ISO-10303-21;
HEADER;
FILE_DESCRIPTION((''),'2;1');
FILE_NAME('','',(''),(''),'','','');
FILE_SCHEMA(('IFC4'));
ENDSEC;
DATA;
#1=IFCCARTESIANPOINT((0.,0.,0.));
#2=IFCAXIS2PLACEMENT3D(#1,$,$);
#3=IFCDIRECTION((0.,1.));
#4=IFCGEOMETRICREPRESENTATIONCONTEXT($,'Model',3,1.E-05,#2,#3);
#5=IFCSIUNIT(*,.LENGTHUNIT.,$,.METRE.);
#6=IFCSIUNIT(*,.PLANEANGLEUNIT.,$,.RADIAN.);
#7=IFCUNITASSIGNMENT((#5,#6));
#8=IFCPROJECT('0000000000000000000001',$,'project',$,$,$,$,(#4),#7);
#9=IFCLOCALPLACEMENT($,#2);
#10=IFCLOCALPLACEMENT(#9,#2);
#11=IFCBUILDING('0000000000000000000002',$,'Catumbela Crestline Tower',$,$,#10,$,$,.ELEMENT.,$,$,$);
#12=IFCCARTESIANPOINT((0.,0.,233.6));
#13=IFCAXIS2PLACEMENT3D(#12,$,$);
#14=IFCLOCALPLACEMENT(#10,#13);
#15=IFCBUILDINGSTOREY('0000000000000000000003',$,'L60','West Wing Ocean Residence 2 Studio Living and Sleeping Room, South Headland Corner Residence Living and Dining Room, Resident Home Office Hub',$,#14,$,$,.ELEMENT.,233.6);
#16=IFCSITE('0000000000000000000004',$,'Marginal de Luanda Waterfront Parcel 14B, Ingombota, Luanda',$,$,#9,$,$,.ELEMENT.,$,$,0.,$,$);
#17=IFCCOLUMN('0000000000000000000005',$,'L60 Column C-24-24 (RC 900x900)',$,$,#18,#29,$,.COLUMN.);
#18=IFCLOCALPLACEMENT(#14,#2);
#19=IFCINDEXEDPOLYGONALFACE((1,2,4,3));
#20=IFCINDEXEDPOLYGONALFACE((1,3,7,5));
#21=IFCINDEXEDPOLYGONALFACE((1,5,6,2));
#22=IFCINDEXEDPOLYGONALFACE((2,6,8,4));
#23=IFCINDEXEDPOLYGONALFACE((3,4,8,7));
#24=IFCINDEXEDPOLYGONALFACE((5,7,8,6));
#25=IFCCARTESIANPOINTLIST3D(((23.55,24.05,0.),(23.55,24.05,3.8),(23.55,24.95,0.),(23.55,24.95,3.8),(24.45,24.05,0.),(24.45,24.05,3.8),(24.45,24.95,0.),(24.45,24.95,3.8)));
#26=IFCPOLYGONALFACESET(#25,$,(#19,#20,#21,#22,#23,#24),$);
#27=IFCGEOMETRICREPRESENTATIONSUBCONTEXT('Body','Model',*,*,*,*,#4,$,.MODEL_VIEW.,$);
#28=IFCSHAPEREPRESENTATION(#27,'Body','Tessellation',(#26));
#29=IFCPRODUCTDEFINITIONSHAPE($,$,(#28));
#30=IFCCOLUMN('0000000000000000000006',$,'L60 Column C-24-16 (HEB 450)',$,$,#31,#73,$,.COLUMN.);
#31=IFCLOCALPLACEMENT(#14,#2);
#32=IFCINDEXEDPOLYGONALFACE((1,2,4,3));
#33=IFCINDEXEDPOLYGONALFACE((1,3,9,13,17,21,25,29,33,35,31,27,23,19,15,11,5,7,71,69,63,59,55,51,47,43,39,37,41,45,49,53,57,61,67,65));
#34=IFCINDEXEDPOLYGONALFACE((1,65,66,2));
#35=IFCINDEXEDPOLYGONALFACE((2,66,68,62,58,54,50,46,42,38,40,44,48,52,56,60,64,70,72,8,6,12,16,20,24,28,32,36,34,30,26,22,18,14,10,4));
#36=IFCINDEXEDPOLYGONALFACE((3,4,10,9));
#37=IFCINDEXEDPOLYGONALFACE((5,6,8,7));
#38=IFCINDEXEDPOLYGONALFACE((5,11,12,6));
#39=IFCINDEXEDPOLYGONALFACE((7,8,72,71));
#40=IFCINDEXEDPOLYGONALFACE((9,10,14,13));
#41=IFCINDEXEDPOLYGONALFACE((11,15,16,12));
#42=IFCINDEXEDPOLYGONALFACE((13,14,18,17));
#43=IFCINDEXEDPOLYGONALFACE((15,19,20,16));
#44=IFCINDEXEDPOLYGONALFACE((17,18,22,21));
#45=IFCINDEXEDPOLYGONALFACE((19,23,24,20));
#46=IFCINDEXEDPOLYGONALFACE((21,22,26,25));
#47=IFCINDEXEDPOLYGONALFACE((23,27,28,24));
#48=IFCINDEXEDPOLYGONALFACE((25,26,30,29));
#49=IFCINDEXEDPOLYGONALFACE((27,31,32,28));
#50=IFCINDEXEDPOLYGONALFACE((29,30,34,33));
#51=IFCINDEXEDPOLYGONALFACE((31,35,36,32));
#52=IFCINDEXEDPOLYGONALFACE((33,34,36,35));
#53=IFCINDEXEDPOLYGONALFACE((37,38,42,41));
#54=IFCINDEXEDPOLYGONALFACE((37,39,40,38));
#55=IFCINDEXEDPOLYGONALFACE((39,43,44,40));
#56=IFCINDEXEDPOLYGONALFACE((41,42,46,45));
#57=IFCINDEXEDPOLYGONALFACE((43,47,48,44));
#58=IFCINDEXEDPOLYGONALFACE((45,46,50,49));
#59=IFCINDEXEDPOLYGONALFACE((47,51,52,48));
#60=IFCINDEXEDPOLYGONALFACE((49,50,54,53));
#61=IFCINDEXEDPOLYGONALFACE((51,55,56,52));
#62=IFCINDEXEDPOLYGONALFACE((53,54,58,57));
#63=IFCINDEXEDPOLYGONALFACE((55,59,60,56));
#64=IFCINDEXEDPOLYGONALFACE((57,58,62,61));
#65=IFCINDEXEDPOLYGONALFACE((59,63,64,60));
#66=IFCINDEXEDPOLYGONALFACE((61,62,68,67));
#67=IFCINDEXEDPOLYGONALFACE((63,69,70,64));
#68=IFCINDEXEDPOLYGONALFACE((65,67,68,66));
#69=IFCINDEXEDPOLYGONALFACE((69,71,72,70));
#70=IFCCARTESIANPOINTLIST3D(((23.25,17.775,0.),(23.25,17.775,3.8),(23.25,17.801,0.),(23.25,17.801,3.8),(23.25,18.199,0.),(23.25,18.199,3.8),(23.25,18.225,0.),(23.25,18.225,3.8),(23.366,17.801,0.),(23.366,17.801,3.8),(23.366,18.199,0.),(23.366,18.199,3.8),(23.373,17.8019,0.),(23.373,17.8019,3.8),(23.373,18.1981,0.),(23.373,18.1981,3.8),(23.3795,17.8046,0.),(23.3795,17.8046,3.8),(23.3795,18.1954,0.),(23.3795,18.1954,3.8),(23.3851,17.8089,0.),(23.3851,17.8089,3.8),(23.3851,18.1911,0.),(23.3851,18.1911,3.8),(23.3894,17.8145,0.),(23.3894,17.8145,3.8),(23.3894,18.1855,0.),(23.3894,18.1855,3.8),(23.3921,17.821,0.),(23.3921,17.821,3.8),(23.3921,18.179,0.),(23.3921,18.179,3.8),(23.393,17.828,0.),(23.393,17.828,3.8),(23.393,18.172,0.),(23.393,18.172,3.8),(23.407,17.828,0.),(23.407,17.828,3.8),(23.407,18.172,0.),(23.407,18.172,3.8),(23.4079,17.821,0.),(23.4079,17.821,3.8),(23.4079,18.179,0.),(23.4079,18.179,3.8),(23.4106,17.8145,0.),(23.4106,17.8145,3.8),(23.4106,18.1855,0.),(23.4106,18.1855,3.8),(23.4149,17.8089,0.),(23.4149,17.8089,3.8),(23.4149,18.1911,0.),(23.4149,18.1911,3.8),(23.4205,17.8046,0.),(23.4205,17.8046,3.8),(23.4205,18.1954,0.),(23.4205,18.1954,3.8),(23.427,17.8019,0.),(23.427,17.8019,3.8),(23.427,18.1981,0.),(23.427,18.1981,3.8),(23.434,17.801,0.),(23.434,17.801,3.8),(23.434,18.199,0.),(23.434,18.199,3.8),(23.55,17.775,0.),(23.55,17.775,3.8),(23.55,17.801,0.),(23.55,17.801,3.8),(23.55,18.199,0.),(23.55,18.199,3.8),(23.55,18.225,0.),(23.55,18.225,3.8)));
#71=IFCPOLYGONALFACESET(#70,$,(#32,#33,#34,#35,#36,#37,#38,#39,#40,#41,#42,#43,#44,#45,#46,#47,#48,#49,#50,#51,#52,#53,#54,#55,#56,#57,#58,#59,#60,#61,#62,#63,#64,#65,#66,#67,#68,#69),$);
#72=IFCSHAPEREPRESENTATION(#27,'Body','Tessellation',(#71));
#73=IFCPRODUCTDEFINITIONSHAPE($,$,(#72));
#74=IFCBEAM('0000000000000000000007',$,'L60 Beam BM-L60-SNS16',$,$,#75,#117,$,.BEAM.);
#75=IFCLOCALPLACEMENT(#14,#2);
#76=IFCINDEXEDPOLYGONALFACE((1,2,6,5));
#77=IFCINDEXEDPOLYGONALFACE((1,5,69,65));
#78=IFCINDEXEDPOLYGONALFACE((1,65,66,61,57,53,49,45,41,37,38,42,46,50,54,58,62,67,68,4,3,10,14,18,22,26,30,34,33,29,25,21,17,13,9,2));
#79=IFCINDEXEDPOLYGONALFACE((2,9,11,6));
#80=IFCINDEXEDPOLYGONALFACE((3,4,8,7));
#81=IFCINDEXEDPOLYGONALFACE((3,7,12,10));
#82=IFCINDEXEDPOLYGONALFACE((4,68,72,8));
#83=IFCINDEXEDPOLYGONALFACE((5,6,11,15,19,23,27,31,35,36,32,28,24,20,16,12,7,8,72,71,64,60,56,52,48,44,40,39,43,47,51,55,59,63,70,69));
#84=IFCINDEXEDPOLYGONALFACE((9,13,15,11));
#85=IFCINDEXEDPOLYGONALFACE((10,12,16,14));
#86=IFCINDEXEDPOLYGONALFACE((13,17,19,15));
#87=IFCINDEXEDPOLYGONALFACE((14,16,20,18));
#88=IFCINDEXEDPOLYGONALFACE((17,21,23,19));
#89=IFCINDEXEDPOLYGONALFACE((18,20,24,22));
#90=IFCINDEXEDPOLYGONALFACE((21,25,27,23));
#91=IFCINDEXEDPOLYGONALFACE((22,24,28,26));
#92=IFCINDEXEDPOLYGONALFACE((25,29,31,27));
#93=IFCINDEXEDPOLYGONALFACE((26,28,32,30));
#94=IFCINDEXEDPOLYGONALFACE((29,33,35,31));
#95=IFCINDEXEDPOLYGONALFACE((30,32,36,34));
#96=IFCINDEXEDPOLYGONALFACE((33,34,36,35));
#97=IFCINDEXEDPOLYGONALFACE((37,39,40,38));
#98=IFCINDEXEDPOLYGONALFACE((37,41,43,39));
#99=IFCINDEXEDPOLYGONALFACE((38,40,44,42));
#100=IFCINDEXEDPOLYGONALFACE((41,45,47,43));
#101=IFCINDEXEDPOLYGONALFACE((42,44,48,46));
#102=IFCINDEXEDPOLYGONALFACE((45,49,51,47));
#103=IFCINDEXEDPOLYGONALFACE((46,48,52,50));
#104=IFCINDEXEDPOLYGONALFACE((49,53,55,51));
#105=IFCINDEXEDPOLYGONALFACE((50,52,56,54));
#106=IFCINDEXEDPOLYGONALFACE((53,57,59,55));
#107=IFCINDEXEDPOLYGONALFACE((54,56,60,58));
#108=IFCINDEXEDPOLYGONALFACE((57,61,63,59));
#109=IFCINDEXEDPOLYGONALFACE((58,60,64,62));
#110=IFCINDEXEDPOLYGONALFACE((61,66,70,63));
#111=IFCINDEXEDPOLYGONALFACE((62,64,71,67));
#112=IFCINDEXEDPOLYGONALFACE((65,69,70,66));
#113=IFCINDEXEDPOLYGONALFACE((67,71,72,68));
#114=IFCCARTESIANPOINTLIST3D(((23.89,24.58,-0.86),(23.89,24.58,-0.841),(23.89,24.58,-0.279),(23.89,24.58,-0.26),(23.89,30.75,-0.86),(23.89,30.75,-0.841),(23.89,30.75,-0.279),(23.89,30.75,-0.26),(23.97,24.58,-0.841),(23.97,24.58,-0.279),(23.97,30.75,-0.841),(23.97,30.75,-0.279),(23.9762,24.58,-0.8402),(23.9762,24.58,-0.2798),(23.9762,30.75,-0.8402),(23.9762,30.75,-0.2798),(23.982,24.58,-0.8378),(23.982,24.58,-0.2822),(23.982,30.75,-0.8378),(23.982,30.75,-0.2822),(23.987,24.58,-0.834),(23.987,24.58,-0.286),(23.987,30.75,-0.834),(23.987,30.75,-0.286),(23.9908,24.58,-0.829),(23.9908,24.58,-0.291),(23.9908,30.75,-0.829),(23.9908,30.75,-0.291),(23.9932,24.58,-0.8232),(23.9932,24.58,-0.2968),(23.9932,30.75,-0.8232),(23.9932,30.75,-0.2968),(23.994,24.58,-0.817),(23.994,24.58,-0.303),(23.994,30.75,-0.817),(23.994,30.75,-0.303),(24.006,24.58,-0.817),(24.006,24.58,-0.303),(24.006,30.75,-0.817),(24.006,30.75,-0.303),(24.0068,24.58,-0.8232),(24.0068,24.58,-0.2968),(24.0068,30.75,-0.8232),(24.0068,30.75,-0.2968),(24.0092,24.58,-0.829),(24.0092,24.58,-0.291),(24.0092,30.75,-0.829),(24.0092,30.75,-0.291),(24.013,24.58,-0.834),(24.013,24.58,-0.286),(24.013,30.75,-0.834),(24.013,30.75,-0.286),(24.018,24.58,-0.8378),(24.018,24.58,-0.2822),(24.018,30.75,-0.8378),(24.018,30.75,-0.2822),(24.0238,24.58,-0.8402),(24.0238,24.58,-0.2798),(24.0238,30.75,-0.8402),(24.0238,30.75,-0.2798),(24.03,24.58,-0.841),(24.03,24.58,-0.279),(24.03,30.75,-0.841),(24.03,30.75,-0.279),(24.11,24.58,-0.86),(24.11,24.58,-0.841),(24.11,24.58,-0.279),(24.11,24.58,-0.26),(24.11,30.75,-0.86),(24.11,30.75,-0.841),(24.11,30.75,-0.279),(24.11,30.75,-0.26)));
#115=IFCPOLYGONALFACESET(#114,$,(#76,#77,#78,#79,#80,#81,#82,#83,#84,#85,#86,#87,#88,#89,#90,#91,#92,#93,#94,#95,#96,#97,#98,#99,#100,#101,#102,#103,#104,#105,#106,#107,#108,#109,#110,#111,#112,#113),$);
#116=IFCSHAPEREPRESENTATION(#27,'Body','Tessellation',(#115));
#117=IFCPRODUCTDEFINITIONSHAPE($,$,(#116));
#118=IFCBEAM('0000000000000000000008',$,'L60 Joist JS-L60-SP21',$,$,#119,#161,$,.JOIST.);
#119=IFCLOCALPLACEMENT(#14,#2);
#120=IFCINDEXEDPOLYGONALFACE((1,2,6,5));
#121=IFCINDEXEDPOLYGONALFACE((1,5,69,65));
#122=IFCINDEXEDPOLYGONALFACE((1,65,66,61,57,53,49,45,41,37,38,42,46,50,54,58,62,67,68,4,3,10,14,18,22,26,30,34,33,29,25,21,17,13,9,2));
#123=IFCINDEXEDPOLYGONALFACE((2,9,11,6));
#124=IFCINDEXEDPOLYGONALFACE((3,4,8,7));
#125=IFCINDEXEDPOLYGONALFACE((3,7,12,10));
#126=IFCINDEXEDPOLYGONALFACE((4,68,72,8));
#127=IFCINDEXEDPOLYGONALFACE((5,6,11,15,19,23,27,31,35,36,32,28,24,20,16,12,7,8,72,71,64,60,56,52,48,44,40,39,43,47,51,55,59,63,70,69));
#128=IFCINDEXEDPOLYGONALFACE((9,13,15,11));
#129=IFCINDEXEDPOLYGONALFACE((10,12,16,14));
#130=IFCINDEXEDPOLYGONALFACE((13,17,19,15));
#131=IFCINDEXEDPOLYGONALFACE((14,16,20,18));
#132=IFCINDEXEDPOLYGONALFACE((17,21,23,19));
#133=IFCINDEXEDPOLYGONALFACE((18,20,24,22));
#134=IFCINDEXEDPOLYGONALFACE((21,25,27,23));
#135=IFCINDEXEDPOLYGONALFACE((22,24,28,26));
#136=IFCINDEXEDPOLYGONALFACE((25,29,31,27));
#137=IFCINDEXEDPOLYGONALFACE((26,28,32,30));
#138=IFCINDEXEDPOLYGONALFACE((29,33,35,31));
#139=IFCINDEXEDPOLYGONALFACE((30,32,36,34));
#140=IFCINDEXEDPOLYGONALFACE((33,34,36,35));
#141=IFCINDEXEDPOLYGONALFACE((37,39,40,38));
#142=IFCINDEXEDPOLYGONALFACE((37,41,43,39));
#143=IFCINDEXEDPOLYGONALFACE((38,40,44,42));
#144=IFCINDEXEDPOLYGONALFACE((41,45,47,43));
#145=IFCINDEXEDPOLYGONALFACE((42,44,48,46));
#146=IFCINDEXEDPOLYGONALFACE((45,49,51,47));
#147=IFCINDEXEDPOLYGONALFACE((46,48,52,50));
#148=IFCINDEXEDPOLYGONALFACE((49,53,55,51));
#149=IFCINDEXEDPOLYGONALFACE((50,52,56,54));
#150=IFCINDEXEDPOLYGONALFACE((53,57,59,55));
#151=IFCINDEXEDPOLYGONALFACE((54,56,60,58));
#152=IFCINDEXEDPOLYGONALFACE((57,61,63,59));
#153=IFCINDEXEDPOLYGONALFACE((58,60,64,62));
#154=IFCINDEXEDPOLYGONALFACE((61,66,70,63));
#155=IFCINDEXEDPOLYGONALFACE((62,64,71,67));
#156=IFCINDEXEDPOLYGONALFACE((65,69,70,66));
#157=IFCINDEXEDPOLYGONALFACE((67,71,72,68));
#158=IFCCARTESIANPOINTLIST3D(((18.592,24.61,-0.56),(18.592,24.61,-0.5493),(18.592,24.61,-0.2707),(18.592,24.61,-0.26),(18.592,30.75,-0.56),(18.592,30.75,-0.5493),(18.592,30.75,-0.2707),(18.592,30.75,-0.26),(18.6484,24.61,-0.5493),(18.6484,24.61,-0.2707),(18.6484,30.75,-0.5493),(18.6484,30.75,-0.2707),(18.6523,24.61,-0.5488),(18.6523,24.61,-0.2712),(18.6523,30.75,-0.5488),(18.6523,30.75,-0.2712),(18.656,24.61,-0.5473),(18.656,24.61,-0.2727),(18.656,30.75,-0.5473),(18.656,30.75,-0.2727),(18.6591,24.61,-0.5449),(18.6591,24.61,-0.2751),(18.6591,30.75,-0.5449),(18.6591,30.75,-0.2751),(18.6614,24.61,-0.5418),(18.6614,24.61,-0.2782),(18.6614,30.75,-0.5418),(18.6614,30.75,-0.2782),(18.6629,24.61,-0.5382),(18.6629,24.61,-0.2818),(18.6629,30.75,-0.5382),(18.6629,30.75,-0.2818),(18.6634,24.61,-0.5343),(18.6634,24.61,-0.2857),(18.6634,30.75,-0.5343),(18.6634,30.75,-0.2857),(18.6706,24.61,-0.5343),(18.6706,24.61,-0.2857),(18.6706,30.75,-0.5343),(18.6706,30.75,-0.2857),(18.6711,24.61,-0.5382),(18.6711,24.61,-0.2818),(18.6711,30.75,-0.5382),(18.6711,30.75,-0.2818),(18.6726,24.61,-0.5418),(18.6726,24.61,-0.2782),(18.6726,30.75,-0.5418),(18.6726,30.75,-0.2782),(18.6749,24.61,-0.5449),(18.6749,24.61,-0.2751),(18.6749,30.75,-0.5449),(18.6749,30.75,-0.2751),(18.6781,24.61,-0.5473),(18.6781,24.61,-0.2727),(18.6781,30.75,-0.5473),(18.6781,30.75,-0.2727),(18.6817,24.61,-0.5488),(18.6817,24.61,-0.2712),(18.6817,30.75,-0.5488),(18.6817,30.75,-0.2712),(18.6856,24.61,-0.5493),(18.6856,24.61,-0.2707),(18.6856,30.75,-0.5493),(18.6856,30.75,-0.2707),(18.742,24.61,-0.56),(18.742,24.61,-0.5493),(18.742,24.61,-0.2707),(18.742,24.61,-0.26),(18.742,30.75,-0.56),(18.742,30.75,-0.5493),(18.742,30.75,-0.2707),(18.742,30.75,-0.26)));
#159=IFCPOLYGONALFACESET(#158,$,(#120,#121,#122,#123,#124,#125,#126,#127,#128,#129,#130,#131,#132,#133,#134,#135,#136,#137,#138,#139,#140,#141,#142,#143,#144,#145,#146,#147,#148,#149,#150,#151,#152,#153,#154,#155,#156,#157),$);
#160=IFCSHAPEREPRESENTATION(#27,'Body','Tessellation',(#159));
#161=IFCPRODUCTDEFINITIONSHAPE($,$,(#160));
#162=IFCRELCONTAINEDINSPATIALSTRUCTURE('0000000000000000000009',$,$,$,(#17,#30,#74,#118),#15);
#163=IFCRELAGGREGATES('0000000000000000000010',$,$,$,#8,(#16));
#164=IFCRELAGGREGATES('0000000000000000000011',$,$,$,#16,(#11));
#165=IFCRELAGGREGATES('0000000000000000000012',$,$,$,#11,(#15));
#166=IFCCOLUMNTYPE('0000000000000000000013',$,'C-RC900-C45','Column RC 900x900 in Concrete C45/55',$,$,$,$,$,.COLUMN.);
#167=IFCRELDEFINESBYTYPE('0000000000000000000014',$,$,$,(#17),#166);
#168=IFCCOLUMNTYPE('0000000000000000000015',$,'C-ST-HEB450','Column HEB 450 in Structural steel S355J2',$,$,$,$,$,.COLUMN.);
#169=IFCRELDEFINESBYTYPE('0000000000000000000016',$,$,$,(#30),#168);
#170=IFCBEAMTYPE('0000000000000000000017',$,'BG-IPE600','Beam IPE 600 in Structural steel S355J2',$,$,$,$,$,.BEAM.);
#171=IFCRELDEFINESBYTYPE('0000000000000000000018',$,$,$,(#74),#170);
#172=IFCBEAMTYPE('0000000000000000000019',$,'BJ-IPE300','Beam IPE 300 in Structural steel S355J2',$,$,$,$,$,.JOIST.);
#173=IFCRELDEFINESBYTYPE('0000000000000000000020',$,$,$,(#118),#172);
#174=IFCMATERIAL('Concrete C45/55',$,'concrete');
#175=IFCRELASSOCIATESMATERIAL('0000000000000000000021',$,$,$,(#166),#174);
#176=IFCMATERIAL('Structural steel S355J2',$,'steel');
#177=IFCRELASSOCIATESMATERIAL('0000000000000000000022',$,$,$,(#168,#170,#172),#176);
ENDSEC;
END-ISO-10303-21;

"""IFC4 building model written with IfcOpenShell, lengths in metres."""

from ifc_helpers import new_model, si_unit, direction, frame, origin, origin_2d, place, context, subcontext, project, spatial, rectangle, i_section, extrude, material, material_profile, profile_set, type_object, element, save


model = new_model("IFC4")

# Units and contexts
model_context = context("Model", 3, precision=1e-05, world=origin(), true_north=direction((0.0, 1.0)))
body_context = subcontext(model_context, "Body", "Model", "MODEL_VIEW")
ifc_project = project(units=[si_unit("LENGTHUNIT", "METRE"), si_unit("PLANEANGLEUNIT", "RADIAN")], contexts=[model_context])

# Site, building, storey
site_placement = place(None, origin())
site = spatial("IfcSite", under=ifc_project, at=site_placement, Name="Marginal de Luanda Waterfront Parcel 14B, Ingombota, Luanda", CompositionType="ELEMENT", RefElevation=0.0)
building_placement = place(site_placement, origin())
building = spatial("IfcBuilding", under=site, at=building_placement, Name="Catumbela Crestline Tower", CompositionType="ELEMENT")
storey_placement = place(building_placement, frame((0.0, 0.0, 233.6)))
storey = spatial("IfcBuildingStorey", under=building, at=storey_placement, Name="L60", Description="West Wing Ocean Residence 2 Studio Living and Sleeping Room, South Headland Corner Residence Living and Dining Room, Resident Home Office Hub", CompositionType="ELEMENT", Elevation=233.6)

# Columns
ifc_material_1 = material(Name="Concrete C45/55", Category="concrete")
ifc_material_profile_1 = material_profile(ifc_material_1, rectangle(XDim=0.9, YDim=0.9, at=origin_2d()), Name="RC 900x900")
ifc_profile_set_1 = profile_set([ifc_material_profile_1], Name="Concrete C45/55")
column_type_1 = type_object("IfcColumnType", Name="C-RC900-C45", Description="Column RC 900x900 in Concrete C45/55", PredefinedType="COLUMN", material=ifc_profile_set_1)
column_1_placement = place(storey_placement, frame((24.0, 24.5, 0.0), z_axis=(0.0, 0.0, 1.0), x_axis=(1.0, 0.0, 0.0)))
element("IfcColumn", 1, at=column_1_placement, inside=storey, type_object=column_type_1, Name="L60 Column C-24-24 (RC 900x900)", PredefinedType="COLUMN", context=body_context, shape_type="SweptSolid", body=[
    extrude(rectangle(XDim=0.9, YDim=0.9, at=origin_2d()), origin(), (0.0, 0.0, 1.0), 3.8),
])
ifc_material_2 = material(Name="Structural steel S355J2", Category="steel")
ifc_material_profile_2 = material_profile(ifc_material_2, i_section(OverallWidth=0.3, OverallDepth=0.45, WebThickness=0.014, FlangeThickness=0.026, FilletRadius=0.027, at=origin_2d()), Name="HEB 450")
ifc_profile_set_2 = profile_set([ifc_material_profile_2], Name="Structural steel S355J2")
column_type_2 = type_object("IfcColumnType", Name="C-ST-HEB450", Description="Column HEB 450 in Structural steel S355J2", PredefinedType="COLUMN", material=ifc_profile_set_2)
column_2_placement = place(storey_placement, frame((23.4, 18.0, 0.0), z_axis=(0.0, 0.0, 1.0), x_axis=(1.0, 0.0, 0.0)))
element("IfcColumn", 2, at=column_2_placement, inside=storey, type_object=column_type_2, Name="L60 Column C-24-16 (HEB 450)", PredefinedType="COLUMN", context=body_context, shape_type="SweptSolid", body=[
    extrude(i_section(OverallWidth=0.3, OverallDepth=0.45, WebThickness=0.014, FlangeThickness=0.026, FilletRadius=0.027, at=origin_2d()), origin(), (0.0, 0.0, 1.0), 3.8),
])

# Beams
ifc_material_profile_3 = material_profile(ifc_material_2, i_section(OverallWidth=0.22, OverallDepth=0.6, WebThickness=0.012, FlangeThickness=0.019, FilletRadius=0.024, at=origin_2d()), Name="IPE 600")
ifc_profile_set_3 = profile_set([ifc_material_profile_3], Name="Structural steel S355J2")
beam_type_1 = type_object("IfcBeamType", Name="BG-IPE600", Description="Beam IPE 600 in Structural steel S355J2", PredefinedType="BEAM", material=ifc_profile_set_3)
beam_1_placement = place(storey_placement, frame((24.0, 24.58, -0.56), z_axis=(0.0, 1.0, 0.0), x_axis=(-1.0, 0.0, 0.0)))
element("IfcBeam", 3, at=beam_1_placement, inside=storey, type_object=beam_type_1, Name="L60 Beam BM-L60-SNS16", PredefinedType="BEAM", context=body_context, shape_type="SweptSolid", body=[
    extrude(i_section(OverallWidth=0.22, OverallDepth=0.6, WebThickness=0.012, FlangeThickness=0.019, FilletRadius=0.024, at=origin_2d()), origin(), (0.0, 0.0, 1.0), 6.17),
])
ifc_material_profile_4 = material_profile(ifc_material_2, i_section(OverallWidth=0.15, OverallDepth=0.3, WebThickness=0.0071, FlangeThickness=0.0107, FilletRadius=0.015, at=origin_2d()), Name="IPE 300")
ifc_profile_set_4 = profile_set([ifc_material_profile_4], Name="Structural steel S355J2")
beam_type_2 = type_object("IfcBeamType", Name="BJ-IPE300", Description="Beam IPE 300 in Structural steel S355J2", PredefinedType="JOIST", material=ifc_profile_set_4)
for number, where, z_axis, x_axis, name in (
    (4, (18.667, 24.61, -0.41), (0.0, 1.0, 0.0), (-1.0, 0.0, 0.0), "L60 Joist JS-L60-SP21"),
):
    element("IfcBeam", number, at=place(storey_placement, frame(where, z_axis=z_axis, x_axis=x_axis)), inside=storey, type_object=beam_type_2, Name=name, PredefinedType="JOIST", context=body_context, shape_type="SweptSolid", body=[
        extrude(i_section(OverallWidth=0.15, OverallDepth=0.3, WebThickness=0.0071, FlangeThickness=0.0107, FilletRadius=0.015, at=origin_2d()), origin(), (0.0, 0.0, 1.0), 6.14),
    ])

save(model, "model.ifc")
